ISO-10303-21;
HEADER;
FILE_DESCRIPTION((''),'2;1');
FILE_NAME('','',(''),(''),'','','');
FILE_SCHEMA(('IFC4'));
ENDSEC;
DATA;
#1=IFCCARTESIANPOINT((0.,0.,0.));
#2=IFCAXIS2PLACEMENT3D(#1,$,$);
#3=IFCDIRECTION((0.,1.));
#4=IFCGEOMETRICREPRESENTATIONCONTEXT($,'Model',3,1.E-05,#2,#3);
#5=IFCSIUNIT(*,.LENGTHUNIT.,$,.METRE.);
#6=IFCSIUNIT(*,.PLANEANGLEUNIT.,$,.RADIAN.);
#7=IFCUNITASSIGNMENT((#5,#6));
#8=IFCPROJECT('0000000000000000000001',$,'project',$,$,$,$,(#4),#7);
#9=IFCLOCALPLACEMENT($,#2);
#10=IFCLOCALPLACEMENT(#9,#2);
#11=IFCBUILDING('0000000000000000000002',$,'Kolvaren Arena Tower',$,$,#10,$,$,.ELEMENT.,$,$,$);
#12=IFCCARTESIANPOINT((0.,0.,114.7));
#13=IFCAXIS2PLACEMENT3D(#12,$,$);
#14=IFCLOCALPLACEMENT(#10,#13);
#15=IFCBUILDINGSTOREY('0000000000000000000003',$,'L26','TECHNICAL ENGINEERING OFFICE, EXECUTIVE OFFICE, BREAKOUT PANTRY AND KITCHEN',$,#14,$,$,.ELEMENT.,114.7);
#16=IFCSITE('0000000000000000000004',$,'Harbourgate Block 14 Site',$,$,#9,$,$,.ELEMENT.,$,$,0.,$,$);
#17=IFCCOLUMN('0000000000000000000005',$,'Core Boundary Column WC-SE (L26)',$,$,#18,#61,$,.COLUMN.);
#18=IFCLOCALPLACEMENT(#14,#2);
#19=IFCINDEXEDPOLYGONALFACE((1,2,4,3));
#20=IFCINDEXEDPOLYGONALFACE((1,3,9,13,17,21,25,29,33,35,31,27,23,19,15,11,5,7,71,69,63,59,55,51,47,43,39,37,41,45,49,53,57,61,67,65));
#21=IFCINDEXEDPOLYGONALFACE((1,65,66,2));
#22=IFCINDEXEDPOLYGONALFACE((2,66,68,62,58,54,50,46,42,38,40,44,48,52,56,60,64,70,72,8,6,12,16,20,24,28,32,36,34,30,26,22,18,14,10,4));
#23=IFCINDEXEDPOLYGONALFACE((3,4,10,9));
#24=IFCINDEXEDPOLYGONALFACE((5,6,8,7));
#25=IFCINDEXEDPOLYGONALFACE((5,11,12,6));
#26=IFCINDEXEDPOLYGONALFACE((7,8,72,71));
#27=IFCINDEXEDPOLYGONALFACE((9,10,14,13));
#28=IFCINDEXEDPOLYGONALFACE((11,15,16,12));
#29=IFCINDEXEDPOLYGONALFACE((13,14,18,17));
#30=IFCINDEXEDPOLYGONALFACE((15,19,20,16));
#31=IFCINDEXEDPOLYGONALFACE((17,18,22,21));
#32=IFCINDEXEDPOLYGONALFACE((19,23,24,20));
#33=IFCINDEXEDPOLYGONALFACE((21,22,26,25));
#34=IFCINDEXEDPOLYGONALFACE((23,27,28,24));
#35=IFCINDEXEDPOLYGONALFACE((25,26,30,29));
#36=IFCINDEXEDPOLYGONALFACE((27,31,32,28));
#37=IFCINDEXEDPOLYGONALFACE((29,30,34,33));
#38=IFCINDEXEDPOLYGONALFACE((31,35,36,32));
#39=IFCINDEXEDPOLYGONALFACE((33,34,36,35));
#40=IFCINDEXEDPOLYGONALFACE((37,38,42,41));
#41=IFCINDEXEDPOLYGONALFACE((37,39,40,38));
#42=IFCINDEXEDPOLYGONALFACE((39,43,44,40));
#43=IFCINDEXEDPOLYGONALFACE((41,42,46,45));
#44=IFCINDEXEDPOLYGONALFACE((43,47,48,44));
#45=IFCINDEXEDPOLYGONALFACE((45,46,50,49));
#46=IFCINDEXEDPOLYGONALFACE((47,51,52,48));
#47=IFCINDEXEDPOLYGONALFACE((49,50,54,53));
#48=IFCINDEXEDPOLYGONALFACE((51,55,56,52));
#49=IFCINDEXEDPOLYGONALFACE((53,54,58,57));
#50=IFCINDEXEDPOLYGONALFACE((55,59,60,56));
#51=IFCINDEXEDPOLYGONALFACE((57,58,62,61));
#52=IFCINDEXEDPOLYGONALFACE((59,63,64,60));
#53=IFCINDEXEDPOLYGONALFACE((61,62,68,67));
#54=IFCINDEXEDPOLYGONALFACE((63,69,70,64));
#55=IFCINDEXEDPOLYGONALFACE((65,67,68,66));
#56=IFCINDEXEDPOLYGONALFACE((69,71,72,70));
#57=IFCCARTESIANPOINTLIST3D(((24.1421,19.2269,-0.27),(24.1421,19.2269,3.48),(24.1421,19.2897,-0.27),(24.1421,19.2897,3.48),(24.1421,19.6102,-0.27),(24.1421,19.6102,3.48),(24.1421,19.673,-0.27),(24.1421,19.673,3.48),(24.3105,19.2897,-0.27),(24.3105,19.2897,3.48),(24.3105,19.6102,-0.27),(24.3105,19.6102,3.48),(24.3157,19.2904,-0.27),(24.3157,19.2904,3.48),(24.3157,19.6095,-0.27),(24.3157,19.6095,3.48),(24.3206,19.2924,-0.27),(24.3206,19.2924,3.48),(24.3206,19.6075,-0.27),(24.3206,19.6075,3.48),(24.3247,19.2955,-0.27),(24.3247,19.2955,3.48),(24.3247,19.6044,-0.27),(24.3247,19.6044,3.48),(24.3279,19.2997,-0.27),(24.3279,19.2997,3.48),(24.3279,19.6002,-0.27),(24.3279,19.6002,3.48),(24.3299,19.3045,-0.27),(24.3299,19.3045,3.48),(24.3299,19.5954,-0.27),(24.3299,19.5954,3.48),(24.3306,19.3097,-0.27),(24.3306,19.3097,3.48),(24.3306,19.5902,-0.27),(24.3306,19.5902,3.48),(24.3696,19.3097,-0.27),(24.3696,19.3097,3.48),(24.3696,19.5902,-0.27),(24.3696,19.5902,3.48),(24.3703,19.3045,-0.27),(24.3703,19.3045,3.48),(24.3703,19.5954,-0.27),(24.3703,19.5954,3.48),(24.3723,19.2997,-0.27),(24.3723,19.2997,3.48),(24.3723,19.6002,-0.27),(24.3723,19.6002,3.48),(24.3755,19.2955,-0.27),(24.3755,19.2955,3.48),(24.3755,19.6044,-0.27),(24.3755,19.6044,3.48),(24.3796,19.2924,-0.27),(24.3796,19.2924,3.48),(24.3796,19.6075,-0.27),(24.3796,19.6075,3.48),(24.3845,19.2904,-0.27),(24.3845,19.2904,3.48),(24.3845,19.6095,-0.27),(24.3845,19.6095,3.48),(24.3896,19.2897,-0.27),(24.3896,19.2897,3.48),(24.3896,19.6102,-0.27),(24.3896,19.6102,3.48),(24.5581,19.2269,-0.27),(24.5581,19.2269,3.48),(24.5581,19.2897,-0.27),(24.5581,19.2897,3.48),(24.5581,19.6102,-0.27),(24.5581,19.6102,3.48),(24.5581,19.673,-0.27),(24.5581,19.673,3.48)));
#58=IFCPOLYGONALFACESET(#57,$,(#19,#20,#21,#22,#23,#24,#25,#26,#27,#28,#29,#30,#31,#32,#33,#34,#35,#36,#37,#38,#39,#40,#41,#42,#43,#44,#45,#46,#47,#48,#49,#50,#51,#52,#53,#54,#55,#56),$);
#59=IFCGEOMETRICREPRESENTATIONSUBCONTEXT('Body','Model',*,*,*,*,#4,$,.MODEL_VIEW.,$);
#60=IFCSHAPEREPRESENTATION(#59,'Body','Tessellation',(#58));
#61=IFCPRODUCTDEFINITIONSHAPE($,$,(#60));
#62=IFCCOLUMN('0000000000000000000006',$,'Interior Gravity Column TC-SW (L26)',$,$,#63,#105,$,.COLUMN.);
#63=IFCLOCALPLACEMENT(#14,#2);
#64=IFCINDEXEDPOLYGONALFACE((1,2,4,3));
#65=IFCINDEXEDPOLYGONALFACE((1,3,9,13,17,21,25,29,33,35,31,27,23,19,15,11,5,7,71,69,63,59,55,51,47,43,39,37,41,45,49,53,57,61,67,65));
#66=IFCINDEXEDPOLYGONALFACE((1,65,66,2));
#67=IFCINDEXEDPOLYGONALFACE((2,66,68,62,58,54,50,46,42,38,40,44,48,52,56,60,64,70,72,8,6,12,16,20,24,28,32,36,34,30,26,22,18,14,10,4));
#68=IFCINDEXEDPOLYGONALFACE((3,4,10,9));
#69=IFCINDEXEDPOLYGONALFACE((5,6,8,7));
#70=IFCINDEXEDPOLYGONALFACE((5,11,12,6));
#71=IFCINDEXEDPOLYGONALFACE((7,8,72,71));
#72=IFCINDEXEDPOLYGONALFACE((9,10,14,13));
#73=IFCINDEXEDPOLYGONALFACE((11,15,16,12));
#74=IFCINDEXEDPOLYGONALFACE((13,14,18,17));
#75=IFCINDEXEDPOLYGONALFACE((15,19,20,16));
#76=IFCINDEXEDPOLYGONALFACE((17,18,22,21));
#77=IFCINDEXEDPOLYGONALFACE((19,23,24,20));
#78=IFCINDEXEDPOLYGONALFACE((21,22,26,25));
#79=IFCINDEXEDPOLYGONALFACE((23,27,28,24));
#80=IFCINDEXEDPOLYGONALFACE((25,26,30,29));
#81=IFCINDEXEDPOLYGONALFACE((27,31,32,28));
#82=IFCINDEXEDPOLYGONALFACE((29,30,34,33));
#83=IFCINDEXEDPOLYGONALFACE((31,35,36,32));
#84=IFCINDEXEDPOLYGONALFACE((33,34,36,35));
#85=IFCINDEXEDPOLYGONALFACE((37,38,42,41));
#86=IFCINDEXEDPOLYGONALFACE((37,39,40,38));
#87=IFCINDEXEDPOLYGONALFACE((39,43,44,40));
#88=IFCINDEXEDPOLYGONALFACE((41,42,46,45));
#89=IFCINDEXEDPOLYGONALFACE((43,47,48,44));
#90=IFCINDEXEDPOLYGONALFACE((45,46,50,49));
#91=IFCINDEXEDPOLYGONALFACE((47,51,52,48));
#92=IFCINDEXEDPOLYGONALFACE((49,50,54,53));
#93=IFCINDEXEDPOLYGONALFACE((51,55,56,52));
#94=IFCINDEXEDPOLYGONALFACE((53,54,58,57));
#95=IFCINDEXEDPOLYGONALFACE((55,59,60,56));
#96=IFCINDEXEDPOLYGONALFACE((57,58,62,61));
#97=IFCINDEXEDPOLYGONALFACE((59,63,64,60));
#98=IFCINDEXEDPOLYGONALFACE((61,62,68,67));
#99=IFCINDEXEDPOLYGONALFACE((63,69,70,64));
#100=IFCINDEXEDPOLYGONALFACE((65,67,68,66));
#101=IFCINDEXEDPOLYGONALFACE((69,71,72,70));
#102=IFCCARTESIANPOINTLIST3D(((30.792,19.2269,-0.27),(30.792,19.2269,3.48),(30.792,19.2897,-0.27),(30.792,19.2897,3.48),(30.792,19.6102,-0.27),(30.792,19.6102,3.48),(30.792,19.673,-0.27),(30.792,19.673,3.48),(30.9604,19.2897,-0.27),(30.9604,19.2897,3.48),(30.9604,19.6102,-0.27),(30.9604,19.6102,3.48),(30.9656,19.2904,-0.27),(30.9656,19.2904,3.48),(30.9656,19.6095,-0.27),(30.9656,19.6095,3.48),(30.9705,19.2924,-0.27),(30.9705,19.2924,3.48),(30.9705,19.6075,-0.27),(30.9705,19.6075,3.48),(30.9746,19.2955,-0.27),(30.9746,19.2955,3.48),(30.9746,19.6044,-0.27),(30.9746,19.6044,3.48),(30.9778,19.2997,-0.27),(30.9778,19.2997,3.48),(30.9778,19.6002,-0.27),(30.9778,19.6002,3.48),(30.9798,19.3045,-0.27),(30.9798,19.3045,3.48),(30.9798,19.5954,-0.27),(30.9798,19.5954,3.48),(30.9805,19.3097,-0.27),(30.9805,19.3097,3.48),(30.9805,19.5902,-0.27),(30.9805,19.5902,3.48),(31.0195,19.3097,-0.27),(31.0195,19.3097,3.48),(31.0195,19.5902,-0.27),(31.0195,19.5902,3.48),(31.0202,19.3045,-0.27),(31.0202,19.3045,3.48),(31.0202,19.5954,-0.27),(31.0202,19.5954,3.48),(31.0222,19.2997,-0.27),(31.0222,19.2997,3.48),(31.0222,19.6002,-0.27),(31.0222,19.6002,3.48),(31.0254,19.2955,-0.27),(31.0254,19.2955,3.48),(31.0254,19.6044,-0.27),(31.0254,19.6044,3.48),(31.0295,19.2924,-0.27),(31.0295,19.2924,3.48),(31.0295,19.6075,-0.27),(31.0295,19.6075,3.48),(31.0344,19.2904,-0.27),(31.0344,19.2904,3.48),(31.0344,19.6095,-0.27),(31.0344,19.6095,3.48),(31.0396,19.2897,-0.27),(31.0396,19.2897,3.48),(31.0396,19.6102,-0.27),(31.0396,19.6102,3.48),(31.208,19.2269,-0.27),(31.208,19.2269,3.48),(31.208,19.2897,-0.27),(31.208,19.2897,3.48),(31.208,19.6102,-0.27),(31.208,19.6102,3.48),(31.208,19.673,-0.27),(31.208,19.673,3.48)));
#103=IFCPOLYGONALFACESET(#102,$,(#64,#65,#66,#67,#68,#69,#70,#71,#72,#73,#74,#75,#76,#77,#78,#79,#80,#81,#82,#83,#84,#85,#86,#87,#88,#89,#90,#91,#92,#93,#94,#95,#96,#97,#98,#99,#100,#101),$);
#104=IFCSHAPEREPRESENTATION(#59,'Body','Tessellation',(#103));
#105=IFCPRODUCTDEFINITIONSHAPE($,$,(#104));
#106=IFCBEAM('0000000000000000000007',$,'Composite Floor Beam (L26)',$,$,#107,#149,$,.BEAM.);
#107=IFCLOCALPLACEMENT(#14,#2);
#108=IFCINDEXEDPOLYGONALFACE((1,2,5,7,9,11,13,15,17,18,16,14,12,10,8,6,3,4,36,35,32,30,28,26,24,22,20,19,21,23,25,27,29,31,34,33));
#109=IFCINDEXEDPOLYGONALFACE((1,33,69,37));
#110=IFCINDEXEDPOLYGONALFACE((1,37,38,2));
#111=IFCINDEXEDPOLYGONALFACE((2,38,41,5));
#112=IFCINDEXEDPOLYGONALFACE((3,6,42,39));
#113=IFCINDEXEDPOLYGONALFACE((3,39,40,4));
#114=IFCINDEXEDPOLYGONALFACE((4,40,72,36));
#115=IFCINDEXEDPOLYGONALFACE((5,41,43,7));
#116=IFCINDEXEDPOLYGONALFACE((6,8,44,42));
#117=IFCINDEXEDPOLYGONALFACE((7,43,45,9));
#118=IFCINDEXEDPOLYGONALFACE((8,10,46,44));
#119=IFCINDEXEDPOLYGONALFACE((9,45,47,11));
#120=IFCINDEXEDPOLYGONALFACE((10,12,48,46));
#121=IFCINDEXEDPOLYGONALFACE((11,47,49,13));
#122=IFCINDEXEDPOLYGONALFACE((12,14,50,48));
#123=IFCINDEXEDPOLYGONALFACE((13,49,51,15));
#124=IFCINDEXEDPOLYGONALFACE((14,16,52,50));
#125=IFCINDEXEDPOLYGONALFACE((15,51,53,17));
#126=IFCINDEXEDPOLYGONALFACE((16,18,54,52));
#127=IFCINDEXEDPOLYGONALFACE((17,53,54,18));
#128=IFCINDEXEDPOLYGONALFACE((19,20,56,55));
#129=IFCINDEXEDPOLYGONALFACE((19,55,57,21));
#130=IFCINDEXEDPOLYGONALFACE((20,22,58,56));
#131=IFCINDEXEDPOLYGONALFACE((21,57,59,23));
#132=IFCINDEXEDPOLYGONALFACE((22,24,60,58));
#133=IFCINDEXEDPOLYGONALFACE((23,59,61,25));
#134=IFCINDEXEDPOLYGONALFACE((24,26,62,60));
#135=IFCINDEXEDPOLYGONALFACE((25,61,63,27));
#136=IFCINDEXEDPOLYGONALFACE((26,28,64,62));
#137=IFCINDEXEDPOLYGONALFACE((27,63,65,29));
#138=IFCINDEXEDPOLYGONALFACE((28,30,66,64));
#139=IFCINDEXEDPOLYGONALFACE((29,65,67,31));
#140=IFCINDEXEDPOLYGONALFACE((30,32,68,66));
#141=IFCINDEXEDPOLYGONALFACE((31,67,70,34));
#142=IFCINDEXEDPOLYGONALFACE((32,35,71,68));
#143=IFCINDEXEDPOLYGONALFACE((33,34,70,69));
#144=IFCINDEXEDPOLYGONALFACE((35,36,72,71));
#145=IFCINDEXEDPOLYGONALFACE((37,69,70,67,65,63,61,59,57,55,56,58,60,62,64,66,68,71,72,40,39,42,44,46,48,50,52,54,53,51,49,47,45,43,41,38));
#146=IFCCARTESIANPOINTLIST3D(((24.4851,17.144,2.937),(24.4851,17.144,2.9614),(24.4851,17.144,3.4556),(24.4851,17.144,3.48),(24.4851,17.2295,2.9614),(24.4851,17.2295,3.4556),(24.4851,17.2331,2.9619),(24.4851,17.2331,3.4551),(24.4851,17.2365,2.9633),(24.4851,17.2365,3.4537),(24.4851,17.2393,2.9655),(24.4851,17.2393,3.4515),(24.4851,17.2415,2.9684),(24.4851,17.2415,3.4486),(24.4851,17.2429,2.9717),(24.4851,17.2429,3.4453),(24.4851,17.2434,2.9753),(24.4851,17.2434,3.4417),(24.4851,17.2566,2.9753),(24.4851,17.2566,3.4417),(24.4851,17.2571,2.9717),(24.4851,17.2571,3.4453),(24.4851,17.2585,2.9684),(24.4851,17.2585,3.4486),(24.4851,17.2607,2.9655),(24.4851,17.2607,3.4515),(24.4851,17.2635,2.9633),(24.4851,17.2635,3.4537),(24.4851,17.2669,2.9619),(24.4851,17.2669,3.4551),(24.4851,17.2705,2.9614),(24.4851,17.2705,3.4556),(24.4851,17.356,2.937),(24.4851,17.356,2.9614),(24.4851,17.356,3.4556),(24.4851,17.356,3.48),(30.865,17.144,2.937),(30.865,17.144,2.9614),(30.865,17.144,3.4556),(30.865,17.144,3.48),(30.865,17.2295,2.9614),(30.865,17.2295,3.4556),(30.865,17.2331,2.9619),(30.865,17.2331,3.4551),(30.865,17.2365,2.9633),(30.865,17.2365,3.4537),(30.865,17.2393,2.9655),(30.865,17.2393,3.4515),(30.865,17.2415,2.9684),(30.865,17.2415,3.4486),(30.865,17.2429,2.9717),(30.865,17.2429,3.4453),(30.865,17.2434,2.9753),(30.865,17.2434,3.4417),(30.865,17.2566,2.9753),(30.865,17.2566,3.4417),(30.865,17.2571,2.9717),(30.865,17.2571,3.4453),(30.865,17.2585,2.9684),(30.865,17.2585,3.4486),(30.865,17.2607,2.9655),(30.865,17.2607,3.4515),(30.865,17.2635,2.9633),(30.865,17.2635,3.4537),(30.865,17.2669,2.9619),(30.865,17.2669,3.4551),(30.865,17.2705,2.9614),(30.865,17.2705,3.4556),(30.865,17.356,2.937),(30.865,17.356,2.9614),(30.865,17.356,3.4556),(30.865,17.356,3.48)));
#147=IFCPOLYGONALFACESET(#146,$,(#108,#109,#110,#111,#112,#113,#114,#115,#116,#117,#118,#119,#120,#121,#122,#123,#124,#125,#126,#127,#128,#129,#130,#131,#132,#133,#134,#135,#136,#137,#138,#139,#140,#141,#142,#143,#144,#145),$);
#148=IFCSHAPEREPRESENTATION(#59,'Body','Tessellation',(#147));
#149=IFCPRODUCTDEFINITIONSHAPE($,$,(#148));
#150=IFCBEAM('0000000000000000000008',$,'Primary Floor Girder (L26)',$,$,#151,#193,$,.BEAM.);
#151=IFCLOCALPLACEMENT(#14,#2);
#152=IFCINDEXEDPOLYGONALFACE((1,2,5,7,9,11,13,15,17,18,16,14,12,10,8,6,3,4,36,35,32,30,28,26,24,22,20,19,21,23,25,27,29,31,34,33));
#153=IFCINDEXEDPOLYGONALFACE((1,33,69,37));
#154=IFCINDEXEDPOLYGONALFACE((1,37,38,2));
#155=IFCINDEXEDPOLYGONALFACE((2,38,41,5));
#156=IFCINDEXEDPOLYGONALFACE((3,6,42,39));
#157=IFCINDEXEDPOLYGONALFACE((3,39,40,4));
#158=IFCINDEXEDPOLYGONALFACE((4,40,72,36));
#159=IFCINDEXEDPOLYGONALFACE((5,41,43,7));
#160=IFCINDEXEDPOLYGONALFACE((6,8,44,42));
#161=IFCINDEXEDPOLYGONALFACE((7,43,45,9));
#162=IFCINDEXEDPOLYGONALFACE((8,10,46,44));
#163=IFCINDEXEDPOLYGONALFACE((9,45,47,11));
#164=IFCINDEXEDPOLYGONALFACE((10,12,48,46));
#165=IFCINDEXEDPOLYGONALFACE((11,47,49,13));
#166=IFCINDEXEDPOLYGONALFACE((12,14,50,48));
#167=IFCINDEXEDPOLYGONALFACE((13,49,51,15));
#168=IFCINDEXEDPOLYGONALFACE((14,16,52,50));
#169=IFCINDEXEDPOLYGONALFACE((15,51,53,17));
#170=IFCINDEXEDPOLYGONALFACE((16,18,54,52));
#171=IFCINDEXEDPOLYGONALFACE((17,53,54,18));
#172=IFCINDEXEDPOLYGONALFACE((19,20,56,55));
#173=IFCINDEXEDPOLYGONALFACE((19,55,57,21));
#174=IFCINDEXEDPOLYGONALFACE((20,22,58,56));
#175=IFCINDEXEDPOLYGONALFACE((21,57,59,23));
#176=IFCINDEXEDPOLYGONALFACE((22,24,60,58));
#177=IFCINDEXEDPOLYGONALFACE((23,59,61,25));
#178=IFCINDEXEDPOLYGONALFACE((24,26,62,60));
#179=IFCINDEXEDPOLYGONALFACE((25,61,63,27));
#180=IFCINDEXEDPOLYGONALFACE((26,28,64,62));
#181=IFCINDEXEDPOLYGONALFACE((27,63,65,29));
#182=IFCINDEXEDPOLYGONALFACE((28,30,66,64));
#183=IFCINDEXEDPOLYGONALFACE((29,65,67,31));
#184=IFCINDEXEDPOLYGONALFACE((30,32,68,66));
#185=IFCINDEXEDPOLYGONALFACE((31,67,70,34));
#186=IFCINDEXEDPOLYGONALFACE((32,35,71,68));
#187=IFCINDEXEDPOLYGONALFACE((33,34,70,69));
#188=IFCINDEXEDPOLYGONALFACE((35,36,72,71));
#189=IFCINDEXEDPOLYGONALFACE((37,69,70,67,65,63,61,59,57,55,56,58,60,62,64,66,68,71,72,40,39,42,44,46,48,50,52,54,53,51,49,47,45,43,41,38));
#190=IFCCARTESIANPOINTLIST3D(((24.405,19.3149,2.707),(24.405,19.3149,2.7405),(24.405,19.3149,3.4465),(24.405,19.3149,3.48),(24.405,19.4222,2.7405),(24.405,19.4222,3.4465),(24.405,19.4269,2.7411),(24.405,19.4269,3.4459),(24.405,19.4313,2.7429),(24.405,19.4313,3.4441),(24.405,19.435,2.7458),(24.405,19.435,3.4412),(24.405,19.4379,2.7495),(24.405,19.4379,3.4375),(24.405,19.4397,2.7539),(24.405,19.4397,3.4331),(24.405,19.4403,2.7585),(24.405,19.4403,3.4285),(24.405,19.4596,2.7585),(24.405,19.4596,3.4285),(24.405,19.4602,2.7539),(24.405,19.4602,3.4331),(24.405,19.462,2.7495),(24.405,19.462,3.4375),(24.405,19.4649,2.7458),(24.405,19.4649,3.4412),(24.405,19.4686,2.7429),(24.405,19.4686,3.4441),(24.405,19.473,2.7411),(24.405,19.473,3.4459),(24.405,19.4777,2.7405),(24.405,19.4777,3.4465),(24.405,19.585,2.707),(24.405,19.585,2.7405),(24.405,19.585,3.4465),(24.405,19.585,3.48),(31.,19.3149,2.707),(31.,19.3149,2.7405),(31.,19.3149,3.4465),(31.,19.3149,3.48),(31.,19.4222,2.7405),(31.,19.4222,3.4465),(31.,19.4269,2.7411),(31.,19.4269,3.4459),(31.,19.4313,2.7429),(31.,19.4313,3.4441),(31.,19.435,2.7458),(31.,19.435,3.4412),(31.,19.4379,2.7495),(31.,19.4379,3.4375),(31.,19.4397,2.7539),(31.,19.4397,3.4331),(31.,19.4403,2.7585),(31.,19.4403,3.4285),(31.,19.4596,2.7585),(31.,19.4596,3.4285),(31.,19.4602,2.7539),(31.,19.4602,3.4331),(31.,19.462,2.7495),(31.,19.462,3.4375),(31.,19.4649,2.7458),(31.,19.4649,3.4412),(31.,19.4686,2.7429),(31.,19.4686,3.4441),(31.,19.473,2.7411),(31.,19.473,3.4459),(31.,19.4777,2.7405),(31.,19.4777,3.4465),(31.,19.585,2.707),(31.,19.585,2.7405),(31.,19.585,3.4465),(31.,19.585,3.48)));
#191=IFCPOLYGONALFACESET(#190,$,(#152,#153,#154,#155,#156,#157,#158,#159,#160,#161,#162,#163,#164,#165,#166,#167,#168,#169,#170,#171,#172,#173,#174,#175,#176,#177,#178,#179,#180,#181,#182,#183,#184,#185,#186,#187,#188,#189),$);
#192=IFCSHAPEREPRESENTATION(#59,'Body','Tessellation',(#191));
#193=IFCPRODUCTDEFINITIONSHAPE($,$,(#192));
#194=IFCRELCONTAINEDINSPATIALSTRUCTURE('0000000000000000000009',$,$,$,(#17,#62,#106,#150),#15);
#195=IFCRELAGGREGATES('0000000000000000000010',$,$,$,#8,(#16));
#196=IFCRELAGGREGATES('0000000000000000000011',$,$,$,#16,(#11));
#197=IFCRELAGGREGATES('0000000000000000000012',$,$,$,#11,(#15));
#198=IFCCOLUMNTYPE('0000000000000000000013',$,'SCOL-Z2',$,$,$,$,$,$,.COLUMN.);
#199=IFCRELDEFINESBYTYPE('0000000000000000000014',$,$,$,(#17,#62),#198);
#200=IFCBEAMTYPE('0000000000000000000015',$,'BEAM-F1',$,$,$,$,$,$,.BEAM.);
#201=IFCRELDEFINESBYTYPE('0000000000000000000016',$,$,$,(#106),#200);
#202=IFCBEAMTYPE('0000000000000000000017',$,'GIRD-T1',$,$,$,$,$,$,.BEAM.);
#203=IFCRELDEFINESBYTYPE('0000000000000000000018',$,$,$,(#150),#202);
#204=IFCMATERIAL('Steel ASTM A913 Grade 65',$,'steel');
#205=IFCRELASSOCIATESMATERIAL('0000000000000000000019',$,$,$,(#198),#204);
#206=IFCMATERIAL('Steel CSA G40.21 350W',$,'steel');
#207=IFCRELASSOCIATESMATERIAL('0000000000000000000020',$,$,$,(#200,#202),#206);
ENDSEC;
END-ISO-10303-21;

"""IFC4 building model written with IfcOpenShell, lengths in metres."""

from ifc_helpers import new_model, si_unit, direction, frame, origin, origin_2d, place, context, subcontext, project, spatial, i_section, extrude, material, material_profile, profile_set, type_object, element, save


model = new_model("IFC4")

# Units and contexts
model_context = context("Model", 3, precision=1e-05, world=origin(), true_north=direction((0.0, 1.0)))
body_context = subcontext(model_context, "Body", "Model", "MODEL_VIEW")
ifc_project = project(units=[si_unit("LENGTHUNIT", "METRE"), si_unit("PLANEANGLEUNIT", "RADIAN")], contexts=[model_context])

# Site, building, storey
site_placement = place(None, origin())
site = spatial("IfcSite", under=ifc_project, at=site_placement, Name="Harbourgate Block 14 Site", CompositionType="ELEMENT", RefElevation=0.0)
building_placement = place(site_placement, origin())
building = spatial("IfcBuilding", under=site, at=building_placement, Name="Kolvaren Arena Tower", CompositionType="ELEMENT")
storey_placement = place(building_placement, frame((0.0, 0.0, 114.7)))
storey = spatial("IfcBuildingStorey", under=building, at=storey_placement, Name="L26", Description="TECHNICAL ENGINEERING OFFICE, EXECUTIVE OFFICE, BREAKOUT PANTRY AND KITCHEN", CompositionType="ELEMENT", Elevation=114.7)

# Columns
ifc_material_1 = material(Name="Steel ASTM A913 Grade 65", Category="steel")
ifc_material_profile_1 = material_profile(ifc_material_1, i_section(OverallWidth=0.416, OverallDepth=0.446, WebThickness=0.0391, FlangeThickness=0.0627, FilletRadius=0.02, at=origin_2d()), Name="W360x509")
ifc_profile_set_1 = profile_set([ifc_material_profile_1], Name="Steel ASTM A913 Grade 65")
column_type = type_object("IfcColumnType", Name="SCOL-Z2", PredefinedType="COLUMN", material=ifc_profile_set_1)
for number, where, z_axis, x_axis, name in (
    (1, (24.3501, 19.45, -0.27), (0.0, 0.0, 1.0), (1.0, 0.0, 0.0), "Core Boundary Column WC-SE (L26)"),
    (2, (31.0, 19.45, -0.27), (0.0, 0.0, 1.0), (1.0, 0.0, 0.0), "Interior Gravity Column TC-SW (L26)"),
):
    element("IfcColumn", number, at=place(storey_placement, frame(where, z_axis=z_axis, x_axis=x_axis)), inside=storey, type_object=column_type, Name=name, PredefinedType="COLUMN", context=body_context, shape_type="SweptSolid", body=[
        extrude(i_section(OverallWidth=0.416, OverallDepth=0.446, WebThickness=0.0391, FlangeThickness=0.0627, FilletRadius=0.02, at=origin_2d()), origin(), (0.0, 0.0, 1.0), 3.75),
    ])

# Beams
ifc_material_2 = material(Name="Steel CSA G40.21 350W", Category="steel")
ifc_material_profile_2 = material_profile(ifc_material_2, i_section(OverallWidth=0.2119, OverallDepth=0.543, WebThickness=0.0132, FlangeThickness=0.0244, FilletRadius=0.0139, at=origin_2d()), Name="W530x150")
ifc_profile_set_2 = profile_set([ifc_material_profile_2], Name="Steel CSA G40.21 350W")
beam_type_1 = type_object("IfcBeamType", Name="BEAM-F1", PredefinedType="BEAM", material=ifc_profile_set_2)
beam_1_placement = place(storey_placement, frame((24.4851, 17.25, 3.2085), z_axis=(1.0, 0.0, 0.0), x_axis=(0.0, 1.0, 0.0)))
element("IfcBeam", 3, at=beam_1_placement, inside=storey, type_object=beam_type_1, Name="Composite Floor Beam (L26)", PredefinedType="BEAM", context=body_context, shape_type="SweptSolid", body=[
    extrude(i_section(OverallWidth=0.2119, OverallDepth=0.543, WebThickness=0.0132, FlangeThickness=0.0244, FilletRadius=0.0139, at=origin_2d()), origin(), (0.0, 0.0, 1.0), 6.3799),
])
ifc_material_profile_3 = material_profile(ifc_material_2, i_section(OverallWidth=0.27, OverallDepth=0.7729, WebThickness=0.0193, FlangeThickness=0.0334, FilletRadius=0.0181, at=origin_2d()), Name="W760x257")
ifc_profile_set_3 = profile_set([ifc_material_profile_3], Name="Steel CSA G40.21 350W")
beam_type_2 = type_object("IfcBeamType", Name="GIRD-T1", PredefinedType="BEAM", material=ifc_profile_set_3)
beam_2_placement = place(storey_placement, frame((24.405, 19.45, 3.0935), z_axis=(1.0, 0.0, 0.0), x_axis=(0.0, 1.0, 0.0)))
element("IfcBeam", 4, at=beam_2_placement, inside=storey, type_object=beam_type_2, Name="Primary Floor Girder (L26)", PredefinedType="BEAM", context=body_context, shape_type="SweptSolid", body=[
    extrude(i_section(OverallWidth=0.27, OverallDepth=0.7729, WebThickness=0.0193, FlangeThickness=0.0334, FilletRadius=0.0181, at=origin_2d()), origin(), (0.0, 0.0, 1.0), 6.595),
])

save(model, "model.ifc")
